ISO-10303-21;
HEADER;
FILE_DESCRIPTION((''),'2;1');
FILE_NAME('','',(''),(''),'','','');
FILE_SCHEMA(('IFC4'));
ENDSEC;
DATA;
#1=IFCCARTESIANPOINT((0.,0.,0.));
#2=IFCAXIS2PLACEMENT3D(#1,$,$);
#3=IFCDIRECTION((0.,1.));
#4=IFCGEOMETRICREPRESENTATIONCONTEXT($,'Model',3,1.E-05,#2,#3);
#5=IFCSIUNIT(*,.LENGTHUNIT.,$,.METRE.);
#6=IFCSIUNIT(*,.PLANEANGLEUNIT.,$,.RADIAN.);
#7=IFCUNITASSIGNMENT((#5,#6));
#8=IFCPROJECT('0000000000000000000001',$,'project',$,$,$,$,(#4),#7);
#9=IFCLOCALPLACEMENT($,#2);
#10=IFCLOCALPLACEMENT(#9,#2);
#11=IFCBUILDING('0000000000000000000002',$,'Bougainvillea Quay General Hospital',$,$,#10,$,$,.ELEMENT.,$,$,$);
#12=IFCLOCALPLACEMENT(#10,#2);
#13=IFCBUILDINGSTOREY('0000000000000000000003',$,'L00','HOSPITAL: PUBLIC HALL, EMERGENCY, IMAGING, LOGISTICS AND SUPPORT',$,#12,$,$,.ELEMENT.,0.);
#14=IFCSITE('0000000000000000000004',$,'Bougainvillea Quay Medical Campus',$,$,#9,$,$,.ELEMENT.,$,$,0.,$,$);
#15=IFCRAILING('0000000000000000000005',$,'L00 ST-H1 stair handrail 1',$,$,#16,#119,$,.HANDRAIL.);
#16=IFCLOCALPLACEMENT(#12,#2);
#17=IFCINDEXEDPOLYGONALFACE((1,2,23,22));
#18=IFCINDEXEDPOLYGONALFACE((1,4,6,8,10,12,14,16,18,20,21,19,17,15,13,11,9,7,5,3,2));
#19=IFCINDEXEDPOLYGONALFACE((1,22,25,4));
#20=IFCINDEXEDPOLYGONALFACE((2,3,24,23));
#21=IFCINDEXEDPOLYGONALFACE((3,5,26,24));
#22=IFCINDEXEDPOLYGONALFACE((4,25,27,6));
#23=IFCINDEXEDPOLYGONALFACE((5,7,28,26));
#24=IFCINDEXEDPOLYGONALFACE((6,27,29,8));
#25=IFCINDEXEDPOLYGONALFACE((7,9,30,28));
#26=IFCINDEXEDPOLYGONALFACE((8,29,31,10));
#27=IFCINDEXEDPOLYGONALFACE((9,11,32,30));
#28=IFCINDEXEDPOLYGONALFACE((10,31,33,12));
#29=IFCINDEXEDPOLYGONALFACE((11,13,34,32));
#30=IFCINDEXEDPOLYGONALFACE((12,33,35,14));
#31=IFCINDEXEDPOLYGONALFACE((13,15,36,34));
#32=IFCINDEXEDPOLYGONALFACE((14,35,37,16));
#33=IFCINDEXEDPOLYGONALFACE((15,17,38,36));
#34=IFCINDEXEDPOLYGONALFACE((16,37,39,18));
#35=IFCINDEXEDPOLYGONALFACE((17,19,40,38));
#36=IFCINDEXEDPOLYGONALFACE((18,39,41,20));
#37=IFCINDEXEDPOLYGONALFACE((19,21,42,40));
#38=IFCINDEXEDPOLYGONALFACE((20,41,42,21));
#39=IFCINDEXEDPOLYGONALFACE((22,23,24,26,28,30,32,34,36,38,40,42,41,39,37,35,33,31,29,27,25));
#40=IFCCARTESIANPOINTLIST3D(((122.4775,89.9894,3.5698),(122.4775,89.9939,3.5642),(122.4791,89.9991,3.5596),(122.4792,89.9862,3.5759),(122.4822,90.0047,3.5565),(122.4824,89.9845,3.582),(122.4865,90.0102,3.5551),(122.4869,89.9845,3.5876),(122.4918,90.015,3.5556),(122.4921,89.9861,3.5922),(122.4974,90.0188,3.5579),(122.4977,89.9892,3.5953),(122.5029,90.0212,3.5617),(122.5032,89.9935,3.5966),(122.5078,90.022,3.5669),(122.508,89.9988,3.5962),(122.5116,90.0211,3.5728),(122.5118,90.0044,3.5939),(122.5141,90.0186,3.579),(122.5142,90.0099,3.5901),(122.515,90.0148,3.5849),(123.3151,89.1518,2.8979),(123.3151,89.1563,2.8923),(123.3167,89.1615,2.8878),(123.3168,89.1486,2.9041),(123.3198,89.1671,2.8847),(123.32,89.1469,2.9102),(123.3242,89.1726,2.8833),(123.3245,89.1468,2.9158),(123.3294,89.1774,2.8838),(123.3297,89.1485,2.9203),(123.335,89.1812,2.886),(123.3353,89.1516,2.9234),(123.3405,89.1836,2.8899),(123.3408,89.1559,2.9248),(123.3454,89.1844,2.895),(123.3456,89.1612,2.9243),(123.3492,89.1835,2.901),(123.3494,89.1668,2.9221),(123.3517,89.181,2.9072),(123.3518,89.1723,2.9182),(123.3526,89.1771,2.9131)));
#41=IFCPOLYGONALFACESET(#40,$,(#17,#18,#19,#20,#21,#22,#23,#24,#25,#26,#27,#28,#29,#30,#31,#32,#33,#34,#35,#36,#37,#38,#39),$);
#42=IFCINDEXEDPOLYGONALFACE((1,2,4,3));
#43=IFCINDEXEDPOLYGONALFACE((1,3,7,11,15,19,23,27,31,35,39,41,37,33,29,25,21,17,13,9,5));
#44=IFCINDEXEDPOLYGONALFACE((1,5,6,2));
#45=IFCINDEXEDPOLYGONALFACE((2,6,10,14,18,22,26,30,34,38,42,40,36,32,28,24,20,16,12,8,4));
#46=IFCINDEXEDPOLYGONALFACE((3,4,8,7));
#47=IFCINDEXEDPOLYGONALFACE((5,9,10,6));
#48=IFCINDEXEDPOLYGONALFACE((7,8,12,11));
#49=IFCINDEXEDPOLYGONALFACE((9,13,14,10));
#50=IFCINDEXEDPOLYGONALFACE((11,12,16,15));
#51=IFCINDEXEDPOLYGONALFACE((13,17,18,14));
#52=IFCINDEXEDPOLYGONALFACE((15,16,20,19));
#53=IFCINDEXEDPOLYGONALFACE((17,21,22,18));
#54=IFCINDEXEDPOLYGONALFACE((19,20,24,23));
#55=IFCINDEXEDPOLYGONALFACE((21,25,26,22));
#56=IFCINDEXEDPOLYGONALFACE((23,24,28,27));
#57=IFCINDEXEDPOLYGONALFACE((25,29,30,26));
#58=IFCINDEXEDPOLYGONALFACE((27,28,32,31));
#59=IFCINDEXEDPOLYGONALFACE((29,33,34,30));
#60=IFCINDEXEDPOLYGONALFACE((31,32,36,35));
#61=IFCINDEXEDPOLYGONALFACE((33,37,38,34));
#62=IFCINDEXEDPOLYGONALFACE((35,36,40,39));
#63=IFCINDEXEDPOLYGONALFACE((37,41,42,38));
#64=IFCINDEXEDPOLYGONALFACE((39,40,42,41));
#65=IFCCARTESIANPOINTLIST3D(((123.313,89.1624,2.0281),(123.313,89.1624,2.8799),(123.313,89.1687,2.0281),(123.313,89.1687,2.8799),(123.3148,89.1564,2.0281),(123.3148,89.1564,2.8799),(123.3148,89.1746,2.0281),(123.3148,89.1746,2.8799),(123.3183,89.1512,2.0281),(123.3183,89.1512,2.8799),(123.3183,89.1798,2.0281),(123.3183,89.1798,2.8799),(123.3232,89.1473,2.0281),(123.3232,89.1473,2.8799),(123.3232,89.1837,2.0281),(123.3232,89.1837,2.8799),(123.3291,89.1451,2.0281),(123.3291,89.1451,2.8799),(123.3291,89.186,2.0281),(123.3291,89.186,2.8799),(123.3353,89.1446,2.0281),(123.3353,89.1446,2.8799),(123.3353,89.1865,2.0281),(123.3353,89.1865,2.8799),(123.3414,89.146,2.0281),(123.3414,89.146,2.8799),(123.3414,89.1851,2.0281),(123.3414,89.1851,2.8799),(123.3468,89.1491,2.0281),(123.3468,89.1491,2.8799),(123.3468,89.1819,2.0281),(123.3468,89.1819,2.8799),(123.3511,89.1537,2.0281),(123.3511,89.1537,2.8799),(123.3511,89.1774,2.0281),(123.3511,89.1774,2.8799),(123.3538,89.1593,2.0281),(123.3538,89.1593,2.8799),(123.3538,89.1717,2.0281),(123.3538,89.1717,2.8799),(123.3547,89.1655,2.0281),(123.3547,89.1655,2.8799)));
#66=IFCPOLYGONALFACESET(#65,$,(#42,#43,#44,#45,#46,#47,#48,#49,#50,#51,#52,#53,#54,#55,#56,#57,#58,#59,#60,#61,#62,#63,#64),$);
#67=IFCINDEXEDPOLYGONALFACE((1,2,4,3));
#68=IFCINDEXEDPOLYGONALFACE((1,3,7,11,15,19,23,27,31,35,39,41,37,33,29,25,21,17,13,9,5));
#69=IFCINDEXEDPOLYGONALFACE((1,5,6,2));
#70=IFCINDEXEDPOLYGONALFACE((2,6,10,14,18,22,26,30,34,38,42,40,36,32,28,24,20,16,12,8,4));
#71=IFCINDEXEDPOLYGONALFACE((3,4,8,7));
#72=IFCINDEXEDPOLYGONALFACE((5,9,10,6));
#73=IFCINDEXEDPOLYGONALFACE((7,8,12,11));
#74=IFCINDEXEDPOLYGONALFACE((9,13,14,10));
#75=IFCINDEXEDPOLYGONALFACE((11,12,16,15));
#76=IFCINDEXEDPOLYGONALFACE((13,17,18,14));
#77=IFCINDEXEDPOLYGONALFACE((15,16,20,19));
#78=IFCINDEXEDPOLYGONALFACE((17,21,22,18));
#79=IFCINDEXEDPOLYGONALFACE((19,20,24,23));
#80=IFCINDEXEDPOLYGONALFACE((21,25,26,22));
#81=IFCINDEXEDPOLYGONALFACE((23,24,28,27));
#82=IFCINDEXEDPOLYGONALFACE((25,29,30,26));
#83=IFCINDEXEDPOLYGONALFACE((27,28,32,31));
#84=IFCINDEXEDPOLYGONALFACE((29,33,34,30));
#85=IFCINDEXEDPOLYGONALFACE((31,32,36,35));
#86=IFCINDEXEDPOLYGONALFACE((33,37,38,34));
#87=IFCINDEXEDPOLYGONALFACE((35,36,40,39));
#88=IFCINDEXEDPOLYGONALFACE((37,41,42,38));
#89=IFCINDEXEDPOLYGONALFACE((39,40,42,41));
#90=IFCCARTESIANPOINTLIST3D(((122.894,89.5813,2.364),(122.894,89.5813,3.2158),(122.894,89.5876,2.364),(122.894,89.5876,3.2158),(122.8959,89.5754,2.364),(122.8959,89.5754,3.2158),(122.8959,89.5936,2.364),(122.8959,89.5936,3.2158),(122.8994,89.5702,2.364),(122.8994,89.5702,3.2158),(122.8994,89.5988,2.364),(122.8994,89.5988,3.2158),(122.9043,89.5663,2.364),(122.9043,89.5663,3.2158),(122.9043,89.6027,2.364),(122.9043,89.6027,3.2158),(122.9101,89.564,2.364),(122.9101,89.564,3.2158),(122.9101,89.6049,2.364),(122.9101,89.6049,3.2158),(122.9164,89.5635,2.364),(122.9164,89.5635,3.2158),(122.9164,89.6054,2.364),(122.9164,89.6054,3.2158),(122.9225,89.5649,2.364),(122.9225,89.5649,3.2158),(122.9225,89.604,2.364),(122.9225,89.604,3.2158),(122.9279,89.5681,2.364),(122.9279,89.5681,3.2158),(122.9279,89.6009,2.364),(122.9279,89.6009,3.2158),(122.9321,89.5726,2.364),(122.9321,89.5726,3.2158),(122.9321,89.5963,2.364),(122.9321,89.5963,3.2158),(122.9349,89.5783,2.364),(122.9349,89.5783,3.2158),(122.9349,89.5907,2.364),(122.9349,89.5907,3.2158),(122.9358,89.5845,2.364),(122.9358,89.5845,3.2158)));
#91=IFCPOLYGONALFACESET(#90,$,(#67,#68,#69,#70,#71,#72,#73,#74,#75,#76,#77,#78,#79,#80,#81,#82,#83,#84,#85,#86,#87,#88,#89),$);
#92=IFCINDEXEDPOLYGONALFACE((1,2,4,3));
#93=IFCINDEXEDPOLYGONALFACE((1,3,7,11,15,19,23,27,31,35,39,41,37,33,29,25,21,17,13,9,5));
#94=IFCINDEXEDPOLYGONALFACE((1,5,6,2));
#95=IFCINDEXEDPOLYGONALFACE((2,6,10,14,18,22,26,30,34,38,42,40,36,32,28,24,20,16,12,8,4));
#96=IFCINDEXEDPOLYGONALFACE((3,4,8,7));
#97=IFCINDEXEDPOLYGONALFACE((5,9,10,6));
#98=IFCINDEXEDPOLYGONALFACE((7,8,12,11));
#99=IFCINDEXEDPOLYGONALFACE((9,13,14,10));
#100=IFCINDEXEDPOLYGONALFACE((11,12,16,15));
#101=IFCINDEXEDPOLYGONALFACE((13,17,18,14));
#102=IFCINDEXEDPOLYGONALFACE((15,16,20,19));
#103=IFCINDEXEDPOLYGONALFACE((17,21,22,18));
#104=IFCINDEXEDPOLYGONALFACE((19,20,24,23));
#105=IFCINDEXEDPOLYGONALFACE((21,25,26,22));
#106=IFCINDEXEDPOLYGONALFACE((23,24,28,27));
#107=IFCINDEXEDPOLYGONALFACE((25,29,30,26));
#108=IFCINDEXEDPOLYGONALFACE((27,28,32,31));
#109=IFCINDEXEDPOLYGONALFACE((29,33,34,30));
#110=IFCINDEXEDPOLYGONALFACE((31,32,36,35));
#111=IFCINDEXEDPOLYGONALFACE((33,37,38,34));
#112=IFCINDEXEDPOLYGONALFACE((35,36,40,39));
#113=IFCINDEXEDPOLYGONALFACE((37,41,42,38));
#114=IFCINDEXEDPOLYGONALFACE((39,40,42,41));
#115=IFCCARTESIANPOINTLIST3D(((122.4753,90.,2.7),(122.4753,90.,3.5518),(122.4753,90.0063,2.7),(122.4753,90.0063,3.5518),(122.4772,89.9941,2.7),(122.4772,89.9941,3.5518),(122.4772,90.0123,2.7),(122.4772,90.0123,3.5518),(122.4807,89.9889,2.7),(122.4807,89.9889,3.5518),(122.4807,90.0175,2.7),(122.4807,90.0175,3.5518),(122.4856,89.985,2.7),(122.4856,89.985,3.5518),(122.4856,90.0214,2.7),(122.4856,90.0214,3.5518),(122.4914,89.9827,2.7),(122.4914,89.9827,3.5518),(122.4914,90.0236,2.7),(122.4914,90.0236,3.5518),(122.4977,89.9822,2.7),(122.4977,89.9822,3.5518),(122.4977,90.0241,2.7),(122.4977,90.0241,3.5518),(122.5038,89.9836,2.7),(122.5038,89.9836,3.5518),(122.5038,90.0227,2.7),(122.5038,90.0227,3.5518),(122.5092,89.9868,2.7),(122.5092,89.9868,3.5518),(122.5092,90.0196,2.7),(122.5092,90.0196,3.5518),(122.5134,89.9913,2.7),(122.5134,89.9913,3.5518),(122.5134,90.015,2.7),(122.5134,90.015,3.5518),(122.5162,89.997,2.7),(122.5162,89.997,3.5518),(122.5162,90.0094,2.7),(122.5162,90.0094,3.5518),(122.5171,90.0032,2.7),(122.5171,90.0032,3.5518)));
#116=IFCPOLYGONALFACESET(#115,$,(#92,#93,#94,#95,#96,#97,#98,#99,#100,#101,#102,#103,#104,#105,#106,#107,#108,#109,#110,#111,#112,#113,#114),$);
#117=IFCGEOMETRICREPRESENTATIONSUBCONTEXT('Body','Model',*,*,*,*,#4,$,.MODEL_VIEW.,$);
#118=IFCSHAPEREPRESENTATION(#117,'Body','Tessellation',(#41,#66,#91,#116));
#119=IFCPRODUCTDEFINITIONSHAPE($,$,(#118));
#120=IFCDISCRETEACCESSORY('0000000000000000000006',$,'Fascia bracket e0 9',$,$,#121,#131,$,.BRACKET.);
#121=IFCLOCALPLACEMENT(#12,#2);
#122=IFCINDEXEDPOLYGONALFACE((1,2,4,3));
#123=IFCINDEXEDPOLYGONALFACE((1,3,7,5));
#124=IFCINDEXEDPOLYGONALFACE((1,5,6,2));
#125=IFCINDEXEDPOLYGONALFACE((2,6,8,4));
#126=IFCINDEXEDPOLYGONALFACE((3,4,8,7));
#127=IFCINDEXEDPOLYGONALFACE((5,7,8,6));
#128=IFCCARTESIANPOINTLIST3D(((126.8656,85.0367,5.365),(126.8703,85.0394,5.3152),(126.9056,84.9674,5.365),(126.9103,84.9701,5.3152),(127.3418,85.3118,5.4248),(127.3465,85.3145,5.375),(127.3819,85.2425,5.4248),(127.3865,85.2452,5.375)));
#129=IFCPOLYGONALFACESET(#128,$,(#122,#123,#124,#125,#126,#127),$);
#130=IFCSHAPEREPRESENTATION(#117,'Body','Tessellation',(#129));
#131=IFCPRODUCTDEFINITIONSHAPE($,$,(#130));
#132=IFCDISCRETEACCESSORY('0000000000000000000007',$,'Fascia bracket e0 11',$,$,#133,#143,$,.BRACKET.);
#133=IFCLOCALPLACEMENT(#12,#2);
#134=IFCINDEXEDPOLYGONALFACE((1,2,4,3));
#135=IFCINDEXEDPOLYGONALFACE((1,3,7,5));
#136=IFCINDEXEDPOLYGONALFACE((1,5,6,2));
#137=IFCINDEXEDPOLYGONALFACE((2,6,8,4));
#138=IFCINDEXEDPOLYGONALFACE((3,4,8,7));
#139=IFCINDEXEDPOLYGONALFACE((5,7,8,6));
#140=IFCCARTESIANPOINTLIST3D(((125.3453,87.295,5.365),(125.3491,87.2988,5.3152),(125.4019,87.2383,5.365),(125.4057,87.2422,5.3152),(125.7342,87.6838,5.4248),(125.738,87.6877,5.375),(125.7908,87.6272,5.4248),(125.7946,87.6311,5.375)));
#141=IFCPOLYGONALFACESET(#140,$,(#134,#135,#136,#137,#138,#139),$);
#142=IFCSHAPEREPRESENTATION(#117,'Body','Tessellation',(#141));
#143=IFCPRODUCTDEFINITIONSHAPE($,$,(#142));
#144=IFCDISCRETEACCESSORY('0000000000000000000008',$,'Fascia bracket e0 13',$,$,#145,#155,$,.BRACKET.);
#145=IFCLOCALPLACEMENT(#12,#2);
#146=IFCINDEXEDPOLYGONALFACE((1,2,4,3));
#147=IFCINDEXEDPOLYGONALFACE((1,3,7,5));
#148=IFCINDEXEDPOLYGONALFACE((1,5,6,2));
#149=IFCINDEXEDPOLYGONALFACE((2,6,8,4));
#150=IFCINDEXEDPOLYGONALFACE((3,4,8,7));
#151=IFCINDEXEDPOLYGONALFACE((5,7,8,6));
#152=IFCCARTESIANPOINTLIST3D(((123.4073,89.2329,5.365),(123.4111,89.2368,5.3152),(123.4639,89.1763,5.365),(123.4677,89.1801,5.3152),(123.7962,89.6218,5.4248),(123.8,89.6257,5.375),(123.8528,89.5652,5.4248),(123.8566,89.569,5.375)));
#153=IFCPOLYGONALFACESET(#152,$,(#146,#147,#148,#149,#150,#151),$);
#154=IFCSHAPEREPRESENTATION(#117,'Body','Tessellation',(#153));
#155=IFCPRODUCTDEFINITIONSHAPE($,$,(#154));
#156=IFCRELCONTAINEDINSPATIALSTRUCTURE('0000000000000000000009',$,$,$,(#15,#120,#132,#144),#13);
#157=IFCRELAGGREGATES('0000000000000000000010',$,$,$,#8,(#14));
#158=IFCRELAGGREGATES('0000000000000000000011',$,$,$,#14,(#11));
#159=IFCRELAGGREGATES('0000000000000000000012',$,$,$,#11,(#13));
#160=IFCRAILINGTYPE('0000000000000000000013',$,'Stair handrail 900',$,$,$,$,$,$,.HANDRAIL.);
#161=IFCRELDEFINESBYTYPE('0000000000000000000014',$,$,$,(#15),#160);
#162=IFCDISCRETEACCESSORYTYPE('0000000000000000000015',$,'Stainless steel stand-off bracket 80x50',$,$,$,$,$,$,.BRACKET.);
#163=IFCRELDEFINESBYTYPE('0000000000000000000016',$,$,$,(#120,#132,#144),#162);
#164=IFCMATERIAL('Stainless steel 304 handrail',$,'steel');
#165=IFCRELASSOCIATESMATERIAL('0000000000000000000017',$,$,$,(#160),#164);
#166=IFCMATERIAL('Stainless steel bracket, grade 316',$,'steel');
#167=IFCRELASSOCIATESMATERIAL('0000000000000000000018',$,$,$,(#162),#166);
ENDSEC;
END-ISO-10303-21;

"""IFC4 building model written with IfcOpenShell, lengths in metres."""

from ifc_helpers import new_model, si_unit, direction, frame, origin, origin_2d, place, context, subcontext, project, spatial, rectangle, circle, extrude, material, material_profile, profile_set, type_object, element, save


model = new_model("IFC4")

# Units and contexts
model_context = context("Model", 3, precision=1e-05, world=origin(), true_north=direction((0.0, 1.0)))
body_context = subcontext(model_context, "Body", "Model", "MODEL_VIEW")
ifc_project = project(units=[si_unit("LENGTHUNIT", "METRE"), si_unit("PLANEANGLEUNIT", "RADIAN")], contexts=[model_context])

# Site, building, storey
site_placement = place(None, origin())
site = spatial("IfcSite", under=ifc_project, at=site_placement, Name="Bougainvillea Quay Medical Campus", CompositionType="ELEMENT", RefElevation=0.0)
building_placement = place(site_placement, origin())
building = spatial("IfcBuilding", under=site, at=building_placement, Name="Bougainvillea Quay General Hospital", CompositionType="ELEMENT")
storey_placement = place(building_placement, origin())
storey = spatial("IfcBuildingStorey", under=building, at=storey_placement, Name="L00", Description="HOSPITAL: PUBLIC HALL, EMERGENCY, IMAGING, LOGISTICS AND SUPPORT", CompositionType="ELEMENT", Elevation=0.0)

# Railing
ifc_material_1 = material(Name="Stainless steel 304 handrail", Category="steel")
railing_type_1 = type_object("IfcRailingType", Name="Stair handrail 900", PredefinedType="HANDRAIL", material=ifc_material_1)
railing_1_placement = place(storey_placement, frame((123.3337, 89.1655, 2.0281)))
element("IfcRailing", 1, at=railing_1_placement, inside=storey, type_object=railing_type_1, Name="L00 ST-H1 stair handrail 1", PredefinedType="HANDRAIL", context=body_context, shape_type="SweptSolid", body=[
    extrude(circle(Radius=0.0239, at=origin_2d()), frame((0.0, 0.0, 0.876), z_axis=(-0.615066, 0.615066, 0.493343), x_axis=(-0.707107, -0.707107, 0.0)), (0.0, 0.0, 1.0), 1.3618),
    extrude(circle(Radius=0.021, at=origin_2d()), origin(), (0.0, 0.0, 1.0), 0.8518),
    extrude(circle(Radius=0.021, at=origin_2d()), frame((-0.4189, 0.4189, 0.3359)), (0.0, 0.0, 1.0), 0.8518),
    extrude(circle(Radius=0.021, at=origin_2d()), frame((-0.8376, 0.8376, 0.6719)), (0.0, 0.0, 1.0), 0.8518),
])

# Discrete accessories
ifc_material_2 = material(Name="Stainless steel bracket, grade 316", Category="steel")
ifc_material_profile_1 = material_profile(ifc_material_2, rectangle(XDim=0.0801, YDim=0.05, at=origin_2d()))
ifc_profile_set_1 = profile_set([ifc_material_profile_1], Name="Stainless steel bracket, grade 316")
discrete_accessory_type = type_object("IfcDiscreteAccessoryType", Name="Stainless steel stand-off bracket 80x50", PredefinedType="BRACKET", material=ifc_profile_set_1)
for number, where, z_axis, x_axis, name in (
    (2, (126.8879, 85.0034, 5.3401), (0.860838, 0.497265, 0.108101), (-0.500196, 0.865912, 0.0), "Fascia bracket e0 9"),
    (3, (125.3755, 87.2686, 5.3401), (0.702962, 0.702962, 0.108114), (-0.707107, 0.707107, 0.0), "Fascia bracket e0 11"),
    (4, (123.4375, 89.2065, 5.3401), (0.702962, 0.702962, 0.108114), (-0.707107, 0.707107, 0.0), "Fascia bracket e0 13"),
):
    element("IfcDiscreteAccessory", number, at=place(storey_placement, frame(where, z_axis=z_axis, x_axis=x_axis)), inside=storey, type_object=discrete_accessory_type, Name=name, PredefinedType="BRACKET", context=body_context, shape_type="SweptSolid", body=[
        extrude(rectangle(XDim=0.0801, YDim=0.05, at=origin_2d()), origin(), (0.0, 0.0, 1.0), 0.5532),
    ])

save(model, "model.ifc")
